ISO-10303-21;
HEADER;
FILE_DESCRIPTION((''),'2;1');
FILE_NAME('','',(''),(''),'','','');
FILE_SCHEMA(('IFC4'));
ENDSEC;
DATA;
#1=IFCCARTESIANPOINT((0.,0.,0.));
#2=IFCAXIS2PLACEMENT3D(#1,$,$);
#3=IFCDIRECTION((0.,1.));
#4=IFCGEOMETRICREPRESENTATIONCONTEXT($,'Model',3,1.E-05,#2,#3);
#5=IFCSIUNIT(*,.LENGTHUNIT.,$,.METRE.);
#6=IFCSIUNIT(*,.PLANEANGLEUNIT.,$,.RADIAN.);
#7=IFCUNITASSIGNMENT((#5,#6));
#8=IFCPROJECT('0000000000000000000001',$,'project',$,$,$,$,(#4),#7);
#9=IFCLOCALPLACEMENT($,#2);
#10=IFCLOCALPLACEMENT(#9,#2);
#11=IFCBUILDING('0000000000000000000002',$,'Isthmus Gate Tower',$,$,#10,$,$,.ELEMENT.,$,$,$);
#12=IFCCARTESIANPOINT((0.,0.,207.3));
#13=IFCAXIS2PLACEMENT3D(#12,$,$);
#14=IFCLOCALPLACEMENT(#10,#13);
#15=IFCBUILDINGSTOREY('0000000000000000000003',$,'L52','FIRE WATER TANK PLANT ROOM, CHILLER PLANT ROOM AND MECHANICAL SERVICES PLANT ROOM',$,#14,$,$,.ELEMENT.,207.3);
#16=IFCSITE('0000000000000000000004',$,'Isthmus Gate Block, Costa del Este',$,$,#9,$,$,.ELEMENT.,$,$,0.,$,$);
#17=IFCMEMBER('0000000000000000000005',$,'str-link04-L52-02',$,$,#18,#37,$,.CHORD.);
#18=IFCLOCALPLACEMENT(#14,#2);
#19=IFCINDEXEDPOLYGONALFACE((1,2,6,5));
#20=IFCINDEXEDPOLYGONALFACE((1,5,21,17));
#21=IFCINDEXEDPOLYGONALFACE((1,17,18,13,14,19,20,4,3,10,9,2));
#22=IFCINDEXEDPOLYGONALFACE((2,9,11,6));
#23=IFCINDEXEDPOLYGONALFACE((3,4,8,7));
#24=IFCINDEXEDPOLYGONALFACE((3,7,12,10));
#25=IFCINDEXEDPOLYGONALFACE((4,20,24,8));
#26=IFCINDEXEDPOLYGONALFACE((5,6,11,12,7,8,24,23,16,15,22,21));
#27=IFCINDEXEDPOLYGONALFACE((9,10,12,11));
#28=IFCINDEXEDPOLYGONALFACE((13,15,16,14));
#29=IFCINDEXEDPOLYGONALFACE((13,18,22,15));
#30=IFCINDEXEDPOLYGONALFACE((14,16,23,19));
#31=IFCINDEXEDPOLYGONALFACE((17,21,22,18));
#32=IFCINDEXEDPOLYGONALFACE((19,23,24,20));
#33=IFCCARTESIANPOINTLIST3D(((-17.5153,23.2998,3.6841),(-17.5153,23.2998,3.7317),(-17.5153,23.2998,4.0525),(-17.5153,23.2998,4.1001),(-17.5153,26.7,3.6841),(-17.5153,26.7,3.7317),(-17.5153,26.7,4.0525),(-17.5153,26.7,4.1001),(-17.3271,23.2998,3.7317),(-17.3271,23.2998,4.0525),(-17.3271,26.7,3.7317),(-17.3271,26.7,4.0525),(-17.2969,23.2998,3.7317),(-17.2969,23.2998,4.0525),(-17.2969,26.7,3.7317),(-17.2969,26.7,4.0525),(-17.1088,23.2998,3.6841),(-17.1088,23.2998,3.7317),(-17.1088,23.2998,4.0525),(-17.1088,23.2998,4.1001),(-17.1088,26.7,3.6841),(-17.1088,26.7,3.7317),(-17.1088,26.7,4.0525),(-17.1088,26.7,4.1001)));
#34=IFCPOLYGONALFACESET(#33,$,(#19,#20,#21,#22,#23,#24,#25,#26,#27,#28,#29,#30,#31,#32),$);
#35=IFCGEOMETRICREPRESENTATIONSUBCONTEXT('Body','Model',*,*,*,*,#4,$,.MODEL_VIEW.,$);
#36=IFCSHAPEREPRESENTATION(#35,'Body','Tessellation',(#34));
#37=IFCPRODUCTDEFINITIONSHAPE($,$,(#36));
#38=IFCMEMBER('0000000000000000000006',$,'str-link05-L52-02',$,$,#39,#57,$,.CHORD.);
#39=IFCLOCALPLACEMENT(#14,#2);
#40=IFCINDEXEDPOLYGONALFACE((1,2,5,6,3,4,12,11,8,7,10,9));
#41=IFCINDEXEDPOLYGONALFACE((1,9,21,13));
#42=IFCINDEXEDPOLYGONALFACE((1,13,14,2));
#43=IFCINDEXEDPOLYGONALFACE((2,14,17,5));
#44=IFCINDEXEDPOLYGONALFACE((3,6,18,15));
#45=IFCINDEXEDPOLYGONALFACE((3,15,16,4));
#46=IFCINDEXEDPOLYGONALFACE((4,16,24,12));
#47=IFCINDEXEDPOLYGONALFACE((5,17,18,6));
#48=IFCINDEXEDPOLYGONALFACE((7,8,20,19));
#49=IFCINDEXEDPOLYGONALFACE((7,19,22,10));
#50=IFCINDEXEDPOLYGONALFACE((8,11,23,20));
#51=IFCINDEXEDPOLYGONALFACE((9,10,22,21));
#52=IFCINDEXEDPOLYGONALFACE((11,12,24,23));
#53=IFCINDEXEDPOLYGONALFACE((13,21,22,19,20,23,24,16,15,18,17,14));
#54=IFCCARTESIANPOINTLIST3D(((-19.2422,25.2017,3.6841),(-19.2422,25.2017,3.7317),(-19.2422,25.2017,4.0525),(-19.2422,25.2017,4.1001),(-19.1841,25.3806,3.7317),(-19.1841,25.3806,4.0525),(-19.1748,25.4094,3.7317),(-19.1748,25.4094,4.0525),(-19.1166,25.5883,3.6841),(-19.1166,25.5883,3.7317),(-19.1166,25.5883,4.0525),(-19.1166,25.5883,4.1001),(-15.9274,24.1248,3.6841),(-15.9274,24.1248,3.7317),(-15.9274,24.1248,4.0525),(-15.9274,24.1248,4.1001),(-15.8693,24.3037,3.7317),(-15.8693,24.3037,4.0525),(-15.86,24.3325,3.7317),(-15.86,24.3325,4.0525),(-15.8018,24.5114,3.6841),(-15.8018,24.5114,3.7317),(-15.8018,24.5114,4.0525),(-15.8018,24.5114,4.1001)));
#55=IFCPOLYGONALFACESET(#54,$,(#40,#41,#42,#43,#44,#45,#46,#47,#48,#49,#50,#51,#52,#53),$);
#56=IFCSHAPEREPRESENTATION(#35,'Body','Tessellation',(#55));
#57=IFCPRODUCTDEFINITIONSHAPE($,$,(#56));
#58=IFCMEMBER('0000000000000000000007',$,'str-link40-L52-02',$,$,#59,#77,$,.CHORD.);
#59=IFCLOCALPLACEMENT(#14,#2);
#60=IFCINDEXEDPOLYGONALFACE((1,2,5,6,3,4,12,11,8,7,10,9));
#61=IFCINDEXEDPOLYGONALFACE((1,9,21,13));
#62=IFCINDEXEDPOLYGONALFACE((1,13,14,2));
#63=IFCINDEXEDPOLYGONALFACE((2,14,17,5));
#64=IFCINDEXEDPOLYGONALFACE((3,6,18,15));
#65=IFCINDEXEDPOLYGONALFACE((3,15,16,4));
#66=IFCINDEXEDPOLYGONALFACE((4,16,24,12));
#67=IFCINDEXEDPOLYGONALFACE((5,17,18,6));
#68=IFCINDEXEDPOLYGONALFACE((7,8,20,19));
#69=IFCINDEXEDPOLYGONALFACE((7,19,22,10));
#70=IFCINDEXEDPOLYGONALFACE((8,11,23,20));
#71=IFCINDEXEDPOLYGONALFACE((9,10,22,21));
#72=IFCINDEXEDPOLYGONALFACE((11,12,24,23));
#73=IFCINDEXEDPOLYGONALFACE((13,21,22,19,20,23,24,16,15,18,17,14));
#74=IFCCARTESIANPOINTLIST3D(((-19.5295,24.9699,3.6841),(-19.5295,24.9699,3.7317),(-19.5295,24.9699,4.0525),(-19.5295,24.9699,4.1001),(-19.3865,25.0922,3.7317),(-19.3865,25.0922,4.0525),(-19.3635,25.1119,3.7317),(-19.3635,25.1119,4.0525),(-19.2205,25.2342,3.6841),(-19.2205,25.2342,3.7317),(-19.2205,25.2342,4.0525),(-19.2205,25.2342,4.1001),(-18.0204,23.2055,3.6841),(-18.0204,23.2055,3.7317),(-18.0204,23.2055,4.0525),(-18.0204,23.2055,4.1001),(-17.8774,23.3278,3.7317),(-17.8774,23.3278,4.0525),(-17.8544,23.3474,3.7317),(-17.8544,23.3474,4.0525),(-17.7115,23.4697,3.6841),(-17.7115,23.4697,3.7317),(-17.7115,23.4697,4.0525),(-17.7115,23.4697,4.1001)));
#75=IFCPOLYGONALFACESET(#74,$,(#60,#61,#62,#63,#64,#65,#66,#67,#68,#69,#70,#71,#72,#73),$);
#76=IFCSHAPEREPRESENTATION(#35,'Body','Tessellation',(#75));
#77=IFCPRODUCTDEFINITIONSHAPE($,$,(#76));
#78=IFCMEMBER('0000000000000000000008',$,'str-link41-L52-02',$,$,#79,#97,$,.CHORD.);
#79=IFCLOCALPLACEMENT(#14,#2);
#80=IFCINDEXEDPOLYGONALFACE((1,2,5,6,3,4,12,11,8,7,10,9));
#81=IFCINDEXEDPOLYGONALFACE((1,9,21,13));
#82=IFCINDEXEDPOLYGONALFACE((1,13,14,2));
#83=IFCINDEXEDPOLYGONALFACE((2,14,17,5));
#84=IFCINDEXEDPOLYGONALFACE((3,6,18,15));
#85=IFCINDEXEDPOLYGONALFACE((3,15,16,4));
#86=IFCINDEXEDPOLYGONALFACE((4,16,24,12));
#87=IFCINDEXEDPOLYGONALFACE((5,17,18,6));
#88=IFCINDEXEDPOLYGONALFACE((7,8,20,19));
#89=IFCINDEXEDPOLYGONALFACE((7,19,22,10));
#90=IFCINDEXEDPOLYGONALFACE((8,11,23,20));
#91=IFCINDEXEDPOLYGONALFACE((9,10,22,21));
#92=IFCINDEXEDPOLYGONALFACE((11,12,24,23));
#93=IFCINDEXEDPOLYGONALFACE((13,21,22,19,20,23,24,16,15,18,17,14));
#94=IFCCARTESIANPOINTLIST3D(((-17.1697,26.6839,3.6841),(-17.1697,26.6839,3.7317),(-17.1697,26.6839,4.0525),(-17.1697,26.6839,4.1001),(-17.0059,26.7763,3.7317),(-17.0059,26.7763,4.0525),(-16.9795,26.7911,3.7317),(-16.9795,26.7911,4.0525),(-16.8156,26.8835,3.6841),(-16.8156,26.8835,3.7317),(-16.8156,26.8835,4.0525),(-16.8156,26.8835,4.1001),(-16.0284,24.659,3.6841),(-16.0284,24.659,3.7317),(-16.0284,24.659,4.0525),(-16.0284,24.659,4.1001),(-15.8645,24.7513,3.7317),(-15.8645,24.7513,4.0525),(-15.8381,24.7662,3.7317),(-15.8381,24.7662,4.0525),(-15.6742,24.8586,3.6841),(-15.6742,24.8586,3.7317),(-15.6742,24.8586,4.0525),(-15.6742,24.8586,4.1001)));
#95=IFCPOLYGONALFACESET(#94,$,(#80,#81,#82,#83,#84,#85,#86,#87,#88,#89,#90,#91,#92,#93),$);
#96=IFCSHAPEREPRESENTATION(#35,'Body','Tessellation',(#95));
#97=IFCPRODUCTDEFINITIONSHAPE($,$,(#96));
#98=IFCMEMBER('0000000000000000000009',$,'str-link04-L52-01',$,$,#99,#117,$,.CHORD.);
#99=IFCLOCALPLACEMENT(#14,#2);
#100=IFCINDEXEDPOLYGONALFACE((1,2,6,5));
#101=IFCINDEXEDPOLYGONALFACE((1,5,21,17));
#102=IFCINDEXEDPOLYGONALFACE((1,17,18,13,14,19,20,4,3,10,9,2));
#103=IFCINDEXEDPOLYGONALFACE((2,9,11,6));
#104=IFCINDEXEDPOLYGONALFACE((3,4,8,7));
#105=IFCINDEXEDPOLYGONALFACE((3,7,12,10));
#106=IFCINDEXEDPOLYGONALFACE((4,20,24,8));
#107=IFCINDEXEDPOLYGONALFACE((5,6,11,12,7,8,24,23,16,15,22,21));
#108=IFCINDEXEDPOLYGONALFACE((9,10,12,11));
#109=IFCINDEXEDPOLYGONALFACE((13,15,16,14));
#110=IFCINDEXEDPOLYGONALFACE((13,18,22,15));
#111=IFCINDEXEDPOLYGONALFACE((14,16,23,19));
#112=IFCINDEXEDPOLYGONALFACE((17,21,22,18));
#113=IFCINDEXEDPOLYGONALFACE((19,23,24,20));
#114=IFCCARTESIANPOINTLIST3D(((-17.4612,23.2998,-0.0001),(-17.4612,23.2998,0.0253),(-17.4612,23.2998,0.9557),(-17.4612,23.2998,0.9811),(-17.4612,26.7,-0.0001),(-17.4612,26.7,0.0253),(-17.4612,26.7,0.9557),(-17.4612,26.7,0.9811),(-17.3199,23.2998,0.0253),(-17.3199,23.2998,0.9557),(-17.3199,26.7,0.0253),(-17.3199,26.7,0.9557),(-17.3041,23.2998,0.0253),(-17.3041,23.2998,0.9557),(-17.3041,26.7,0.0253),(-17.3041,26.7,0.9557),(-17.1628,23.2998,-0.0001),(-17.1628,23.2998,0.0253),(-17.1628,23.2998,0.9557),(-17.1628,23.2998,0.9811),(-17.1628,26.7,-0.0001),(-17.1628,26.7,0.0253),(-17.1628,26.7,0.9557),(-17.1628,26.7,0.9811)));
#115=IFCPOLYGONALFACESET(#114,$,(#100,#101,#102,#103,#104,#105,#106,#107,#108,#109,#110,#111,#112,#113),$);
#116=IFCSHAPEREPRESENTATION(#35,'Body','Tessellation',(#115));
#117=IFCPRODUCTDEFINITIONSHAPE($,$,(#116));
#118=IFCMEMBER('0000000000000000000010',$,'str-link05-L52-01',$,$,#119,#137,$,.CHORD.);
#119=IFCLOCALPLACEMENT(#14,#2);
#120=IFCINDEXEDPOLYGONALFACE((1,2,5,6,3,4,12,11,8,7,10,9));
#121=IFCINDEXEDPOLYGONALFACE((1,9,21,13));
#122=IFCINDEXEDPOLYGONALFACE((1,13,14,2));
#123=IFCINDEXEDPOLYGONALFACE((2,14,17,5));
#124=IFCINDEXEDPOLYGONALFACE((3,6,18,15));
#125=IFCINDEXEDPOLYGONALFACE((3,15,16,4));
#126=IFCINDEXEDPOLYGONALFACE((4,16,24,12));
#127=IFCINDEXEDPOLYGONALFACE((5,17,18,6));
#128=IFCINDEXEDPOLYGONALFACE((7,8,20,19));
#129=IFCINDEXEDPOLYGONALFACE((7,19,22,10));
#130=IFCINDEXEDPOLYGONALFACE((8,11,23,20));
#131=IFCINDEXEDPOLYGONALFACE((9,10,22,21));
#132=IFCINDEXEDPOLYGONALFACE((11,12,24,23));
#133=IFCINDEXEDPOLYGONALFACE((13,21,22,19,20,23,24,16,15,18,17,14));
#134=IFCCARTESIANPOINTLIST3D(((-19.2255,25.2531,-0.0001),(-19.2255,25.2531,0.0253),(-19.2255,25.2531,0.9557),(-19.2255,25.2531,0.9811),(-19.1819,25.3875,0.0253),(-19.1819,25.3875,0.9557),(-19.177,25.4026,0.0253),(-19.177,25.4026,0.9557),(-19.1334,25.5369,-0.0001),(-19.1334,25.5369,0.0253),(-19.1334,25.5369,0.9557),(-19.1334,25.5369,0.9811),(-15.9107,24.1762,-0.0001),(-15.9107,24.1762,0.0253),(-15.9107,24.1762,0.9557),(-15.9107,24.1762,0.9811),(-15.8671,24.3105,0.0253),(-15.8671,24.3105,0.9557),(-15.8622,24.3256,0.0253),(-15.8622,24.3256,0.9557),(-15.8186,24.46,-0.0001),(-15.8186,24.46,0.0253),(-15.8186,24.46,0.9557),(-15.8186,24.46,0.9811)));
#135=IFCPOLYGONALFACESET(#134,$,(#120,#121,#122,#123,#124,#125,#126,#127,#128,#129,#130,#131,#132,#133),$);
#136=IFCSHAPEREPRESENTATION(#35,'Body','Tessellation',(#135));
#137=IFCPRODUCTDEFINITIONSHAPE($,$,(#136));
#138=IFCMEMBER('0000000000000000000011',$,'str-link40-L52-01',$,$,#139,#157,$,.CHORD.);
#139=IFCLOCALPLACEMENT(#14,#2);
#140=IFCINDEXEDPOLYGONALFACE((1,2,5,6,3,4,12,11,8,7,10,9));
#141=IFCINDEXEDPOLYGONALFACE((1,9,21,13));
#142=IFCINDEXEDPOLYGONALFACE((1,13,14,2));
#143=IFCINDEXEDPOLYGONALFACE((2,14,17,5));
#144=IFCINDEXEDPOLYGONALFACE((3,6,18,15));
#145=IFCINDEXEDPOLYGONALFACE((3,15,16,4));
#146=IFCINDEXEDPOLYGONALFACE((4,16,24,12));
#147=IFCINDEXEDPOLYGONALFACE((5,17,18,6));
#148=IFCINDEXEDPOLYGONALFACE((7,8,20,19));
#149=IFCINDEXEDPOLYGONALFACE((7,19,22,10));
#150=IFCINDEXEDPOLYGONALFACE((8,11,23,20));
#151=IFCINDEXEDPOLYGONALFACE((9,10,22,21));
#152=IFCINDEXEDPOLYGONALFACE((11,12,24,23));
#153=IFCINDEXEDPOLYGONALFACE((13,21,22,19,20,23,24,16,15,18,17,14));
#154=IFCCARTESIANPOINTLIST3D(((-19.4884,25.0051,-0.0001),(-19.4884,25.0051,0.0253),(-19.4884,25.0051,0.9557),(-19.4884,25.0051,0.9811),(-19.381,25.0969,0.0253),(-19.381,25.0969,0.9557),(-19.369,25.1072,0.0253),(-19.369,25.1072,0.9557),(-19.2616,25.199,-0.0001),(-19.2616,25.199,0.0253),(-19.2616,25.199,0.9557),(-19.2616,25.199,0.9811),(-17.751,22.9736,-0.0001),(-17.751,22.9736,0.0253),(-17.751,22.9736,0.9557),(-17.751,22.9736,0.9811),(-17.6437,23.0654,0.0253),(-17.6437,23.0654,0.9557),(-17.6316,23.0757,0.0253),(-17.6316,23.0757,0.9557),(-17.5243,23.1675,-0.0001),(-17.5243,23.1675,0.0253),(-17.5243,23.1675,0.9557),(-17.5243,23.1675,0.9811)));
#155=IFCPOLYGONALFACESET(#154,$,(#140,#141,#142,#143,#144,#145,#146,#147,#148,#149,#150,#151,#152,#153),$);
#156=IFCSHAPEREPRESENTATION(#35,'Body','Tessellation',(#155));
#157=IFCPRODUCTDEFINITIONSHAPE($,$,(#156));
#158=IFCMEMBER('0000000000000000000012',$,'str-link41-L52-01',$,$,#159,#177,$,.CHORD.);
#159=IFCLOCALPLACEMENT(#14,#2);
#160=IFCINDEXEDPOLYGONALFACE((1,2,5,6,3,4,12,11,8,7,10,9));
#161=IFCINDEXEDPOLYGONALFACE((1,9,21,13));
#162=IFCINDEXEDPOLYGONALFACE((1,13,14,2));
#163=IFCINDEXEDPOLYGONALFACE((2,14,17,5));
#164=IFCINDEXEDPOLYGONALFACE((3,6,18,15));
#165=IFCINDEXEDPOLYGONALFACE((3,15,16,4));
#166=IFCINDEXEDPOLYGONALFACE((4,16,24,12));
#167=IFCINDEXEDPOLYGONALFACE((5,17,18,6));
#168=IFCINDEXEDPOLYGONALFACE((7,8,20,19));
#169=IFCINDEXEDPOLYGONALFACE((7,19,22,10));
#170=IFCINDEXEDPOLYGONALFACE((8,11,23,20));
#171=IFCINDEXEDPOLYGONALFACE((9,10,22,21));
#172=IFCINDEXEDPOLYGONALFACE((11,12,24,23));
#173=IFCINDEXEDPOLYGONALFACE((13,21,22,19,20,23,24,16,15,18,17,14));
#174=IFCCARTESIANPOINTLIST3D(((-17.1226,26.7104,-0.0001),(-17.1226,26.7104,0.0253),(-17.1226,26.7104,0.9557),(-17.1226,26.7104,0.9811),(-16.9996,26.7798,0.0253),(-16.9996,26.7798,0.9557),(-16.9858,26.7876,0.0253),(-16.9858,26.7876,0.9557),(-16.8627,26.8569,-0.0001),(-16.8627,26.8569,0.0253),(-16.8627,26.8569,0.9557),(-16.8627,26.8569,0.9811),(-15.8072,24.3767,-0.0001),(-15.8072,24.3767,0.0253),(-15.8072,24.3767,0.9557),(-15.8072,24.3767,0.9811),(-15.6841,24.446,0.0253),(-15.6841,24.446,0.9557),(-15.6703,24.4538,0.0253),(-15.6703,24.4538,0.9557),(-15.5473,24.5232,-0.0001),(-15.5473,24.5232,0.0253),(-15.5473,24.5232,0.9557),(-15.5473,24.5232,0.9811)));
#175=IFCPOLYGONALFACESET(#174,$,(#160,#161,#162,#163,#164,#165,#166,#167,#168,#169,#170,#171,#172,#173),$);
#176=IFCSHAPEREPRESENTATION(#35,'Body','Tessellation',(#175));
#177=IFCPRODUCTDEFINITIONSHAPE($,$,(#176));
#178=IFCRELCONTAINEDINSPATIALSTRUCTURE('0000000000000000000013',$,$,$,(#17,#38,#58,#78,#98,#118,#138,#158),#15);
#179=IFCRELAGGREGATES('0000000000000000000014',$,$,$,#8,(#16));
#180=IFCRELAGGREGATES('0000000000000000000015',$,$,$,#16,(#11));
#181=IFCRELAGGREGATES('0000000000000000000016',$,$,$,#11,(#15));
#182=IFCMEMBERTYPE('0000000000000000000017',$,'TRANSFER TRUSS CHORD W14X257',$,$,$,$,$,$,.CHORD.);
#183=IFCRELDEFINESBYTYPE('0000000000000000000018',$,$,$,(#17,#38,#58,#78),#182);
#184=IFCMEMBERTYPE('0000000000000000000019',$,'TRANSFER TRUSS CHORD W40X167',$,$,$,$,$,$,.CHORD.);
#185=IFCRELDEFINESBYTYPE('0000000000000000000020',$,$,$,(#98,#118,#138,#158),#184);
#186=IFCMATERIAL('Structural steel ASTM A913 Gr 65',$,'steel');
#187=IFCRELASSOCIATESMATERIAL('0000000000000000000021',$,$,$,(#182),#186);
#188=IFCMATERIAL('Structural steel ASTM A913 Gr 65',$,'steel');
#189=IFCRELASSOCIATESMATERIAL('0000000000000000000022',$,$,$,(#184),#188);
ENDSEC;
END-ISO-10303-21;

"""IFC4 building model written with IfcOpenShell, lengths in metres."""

from ifc_helpers import new_model, si_unit, direction, frame, origin, origin_2d, place, context, subcontext, project, spatial, i_section, extrude, material, material_profile, profile_set, type_object, element, save


model = new_model("IFC4")

# Units and contexts
model_context = context("Model", 3, precision=1e-05, world=origin(), true_north=direction((0.0, 1.0)))
body_context = subcontext(model_context, "Body", "Model", "MODEL_VIEW")
ifc_project = project(units=[si_unit("LENGTHUNIT", "METRE"), si_unit("PLANEANGLEUNIT", "RADIAN")], contexts=[model_context])

# Site, building, storey
site_placement = place(None, origin())
site = spatial("IfcSite", under=ifc_project, at=site_placement, Name="Isthmus Gate Block, Costa del Este", CompositionType="ELEMENT", RefElevation=0.0)
building_placement = place(site_placement, origin())
building = spatial("IfcBuilding", under=site, at=building_placement, Name="Isthmus Gate Tower", CompositionType="ELEMENT")
storey_placement = place(building_placement, frame((0.0, 0.0, 207.3)))
storey = spatial("IfcBuildingStorey", under=building, at=storey_placement, Name="L52", Description="FIRE WATER TANK PLANT ROOM, CHILLER PLANT ROOM AND MECHANICAL SERVICES PLANT ROOM", CompositionType="ELEMENT", Elevation=207.3)

# Members
ifc_material_1 = material(Name="Structural steel ASTM A913 Gr 65", Category="steel")
ifc_material_profile_1 = material_profile(ifc_material_1, i_section(OverallWidth=0.4065, OverallDepth=0.416, WebThickness=0.0303, FlangeThickness=0.0476, at=origin_2d()), Name="W14X257")
ifc_profile_set_1 = profile_set([ifc_material_profile_1], Name="Structural steel ASTM A913 Gr 65")
member_type_1 = type_object("IfcMemberType", Name="TRANSFER TRUSS CHORD W14X257", PredefinedType="CHORD", material=ifc_profile_set_1)
member_1_placement = place(storey_placement, frame((-17.312, 26.7, 3.8921), z_axis=(0.0, -1.0, 0.0), x_axis=(1.0, 0.0, 0.0)))
element("IfcMember", 1, at=member_1_placement, inside=storey, type_object=member_type_1, Name="str-link04-L52-02", PredefinedType="CHORD", context=body_context, shape_type="SweptSolid", body=[
    extrude(i_section(OverallWidth=0.4065, OverallDepth=0.416, WebThickness=0.0303, FlangeThickness=0.0476, at=origin_2d()), origin(), (0.0, 0.0, 1.0), 3.4001),
])
member_2_placement = place(storey_placement, frame((-19.1794, 25.395, 3.8921), z_axis=(0.951065, -0.308989, 0.0), x_axis=(0.308989, 0.951065, 0.0)))
element("IfcMember", 2, at=member_2_placement, inside=storey, type_object=member_type_1, Name="str-link05-L52-02", PredefinedType="CHORD", context=body_context, shape_type="SweptSolid", body=[
    extrude(i_section(OverallWidth=0.4065, OverallDepth=0.416, WebThickness=0.0303, FlangeThickness=0.0476, at=origin_2d()), origin(), (0.0, 0.0, 1.0), 3.4854),
])
member_3_placement = place(storey_placement, frame((-19.375, 25.1021, 3.8921), z_axis=(0.649968, -0.759961, 0.0), x_axis=(0.759961, 0.649968, 0.0)))
element("IfcMember", 3, at=member_3_placement, inside=storey, type_object=member_type_1, Name="str-link40-L52-02", PredefinedType="CHORD", context=body_context, shape_type="SweptSolid", body=[
    extrude(i_section(OverallWidth=0.4065, OverallDepth=0.416, WebThickness=0.0303, FlangeThickness=0.0476, at=origin_2d()), origin(), (0.0, 0.0, 1.0), 2.3218),
])
member_4_placement = place(storey_placement, frame((-16.9927, 26.7837, 3.8921), z_axis=(0.491029, -0.871143, 0.0), x_axis=(0.871143, 0.491029, 0.0)))
element("IfcMember", 4, at=member_4_placement, inside=storey, type_object=member_type_1, Name="str-link41-L52-02", PredefinedType="CHORD", context=body_context, shape_type="SweptSolid", body=[
    extrude(i_section(OverallWidth=0.4065, OverallDepth=0.416, WebThickness=0.0303, FlangeThickness=0.0476, at=origin_2d()), origin(), (0.0, 0.0, 1.0), 2.3245),
])
ifc_material_2 = material(Name="Structural steel ASTM A913 Gr 65", Category="steel")
ifc_material_profile_2 = material_profile(ifc_material_2, i_section(OverallWidth=0.2983, OverallDepth=0.9812, WebThickness=0.0159, FlangeThickness=0.0254, at=origin_2d()), Name="W40X167")
ifc_profile_set_2 = profile_set([ifc_material_profile_2], Name="Structural steel ASTM A913 Gr 65")
member_type_2 = type_object("IfcMemberType", Name="TRANSFER TRUSS CHORD W40X167", PredefinedType="CHORD", material=ifc_profile_set_2)
member_5_placement = place(storey_placement, frame((-17.312, 26.7, 0.4905), z_axis=(0.0, -1.0, 0.0), x_axis=(1.0, 0.0, 0.0)))
element("IfcMember", 5, at=member_5_placement, inside=storey, type_object=member_type_2, Name="str-link04-L52-01", PredefinedType="CHORD", context=body_context, shape_type="SweptSolid", body=[
    extrude(i_section(OverallWidth=0.2983, OverallDepth=0.9812, WebThickness=0.0159, FlangeThickness=0.0254, at=origin_2d()), origin(), (0.0, 0.0, 1.0), 3.4001),
])
member_6_placement = place(storey_placement, frame((-19.1794, 25.395, 0.4905), z_axis=(0.951065, -0.308989, 0.0), x_axis=(0.308989, 0.951065, 0.0)))
element("IfcMember", 6, at=member_6_placement, inside=storey, type_object=member_type_2, Name="str-link05-L52-01", PredefinedType="CHORD", context=body_context, shape_type="SweptSolid", body=[
    extrude(i_section(OverallWidth=0.2983, OverallDepth=0.9812, WebThickness=0.0159, FlangeThickness=0.0254, at=origin_2d()), origin(), (0.0, 0.0, 1.0), 3.4854),
])
member_7_placement = place(storey_placement, frame((-19.375, 25.1021, 0.4905), z_axis=(0.649933, -0.759991, 0.0), x_axis=(0.759991, 0.649933, 0.0)))
element("IfcMember", 7, at=member_7_placement, inside=storey, type_object=member_type_2, Name="str-link40-L52-01", PredefinedType="CHORD", context=body_context, shape_type="SweptSolid", body=[
    extrude(i_section(OverallWidth=0.2983, OverallDepth=0.9812, WebThickness=0.0159, FlangeThickness=0.0254, at=origin_2d()), origin(), (0.0, 0.0, 1.0), 2.6731),
])
member_8_placement = place(storey_placement, frame((-16.9927, 26.7837, 0.4905), z_axis=(0.491027, -0.871144, 0.0), x_axis=(0.871144, 0.491027, 0.0)))
element("IfcMember", 8, at=member_8_placement, inside=storey, type_object=member_type_2, Name="str-link41-L52-01", PredefinedType="CHORD", context=body_context, shape_type="SweptSolid", body=[
    extrude(i_section(OverallWidth=0.2983, OverallDepth=0.9812, WebThickness=0.0159, FlangeThickness=0.0254, at=origin_2d()), origin(), (0.0, 0.0, 1.0), 2.679),
])

save(model, "model.ifc")
